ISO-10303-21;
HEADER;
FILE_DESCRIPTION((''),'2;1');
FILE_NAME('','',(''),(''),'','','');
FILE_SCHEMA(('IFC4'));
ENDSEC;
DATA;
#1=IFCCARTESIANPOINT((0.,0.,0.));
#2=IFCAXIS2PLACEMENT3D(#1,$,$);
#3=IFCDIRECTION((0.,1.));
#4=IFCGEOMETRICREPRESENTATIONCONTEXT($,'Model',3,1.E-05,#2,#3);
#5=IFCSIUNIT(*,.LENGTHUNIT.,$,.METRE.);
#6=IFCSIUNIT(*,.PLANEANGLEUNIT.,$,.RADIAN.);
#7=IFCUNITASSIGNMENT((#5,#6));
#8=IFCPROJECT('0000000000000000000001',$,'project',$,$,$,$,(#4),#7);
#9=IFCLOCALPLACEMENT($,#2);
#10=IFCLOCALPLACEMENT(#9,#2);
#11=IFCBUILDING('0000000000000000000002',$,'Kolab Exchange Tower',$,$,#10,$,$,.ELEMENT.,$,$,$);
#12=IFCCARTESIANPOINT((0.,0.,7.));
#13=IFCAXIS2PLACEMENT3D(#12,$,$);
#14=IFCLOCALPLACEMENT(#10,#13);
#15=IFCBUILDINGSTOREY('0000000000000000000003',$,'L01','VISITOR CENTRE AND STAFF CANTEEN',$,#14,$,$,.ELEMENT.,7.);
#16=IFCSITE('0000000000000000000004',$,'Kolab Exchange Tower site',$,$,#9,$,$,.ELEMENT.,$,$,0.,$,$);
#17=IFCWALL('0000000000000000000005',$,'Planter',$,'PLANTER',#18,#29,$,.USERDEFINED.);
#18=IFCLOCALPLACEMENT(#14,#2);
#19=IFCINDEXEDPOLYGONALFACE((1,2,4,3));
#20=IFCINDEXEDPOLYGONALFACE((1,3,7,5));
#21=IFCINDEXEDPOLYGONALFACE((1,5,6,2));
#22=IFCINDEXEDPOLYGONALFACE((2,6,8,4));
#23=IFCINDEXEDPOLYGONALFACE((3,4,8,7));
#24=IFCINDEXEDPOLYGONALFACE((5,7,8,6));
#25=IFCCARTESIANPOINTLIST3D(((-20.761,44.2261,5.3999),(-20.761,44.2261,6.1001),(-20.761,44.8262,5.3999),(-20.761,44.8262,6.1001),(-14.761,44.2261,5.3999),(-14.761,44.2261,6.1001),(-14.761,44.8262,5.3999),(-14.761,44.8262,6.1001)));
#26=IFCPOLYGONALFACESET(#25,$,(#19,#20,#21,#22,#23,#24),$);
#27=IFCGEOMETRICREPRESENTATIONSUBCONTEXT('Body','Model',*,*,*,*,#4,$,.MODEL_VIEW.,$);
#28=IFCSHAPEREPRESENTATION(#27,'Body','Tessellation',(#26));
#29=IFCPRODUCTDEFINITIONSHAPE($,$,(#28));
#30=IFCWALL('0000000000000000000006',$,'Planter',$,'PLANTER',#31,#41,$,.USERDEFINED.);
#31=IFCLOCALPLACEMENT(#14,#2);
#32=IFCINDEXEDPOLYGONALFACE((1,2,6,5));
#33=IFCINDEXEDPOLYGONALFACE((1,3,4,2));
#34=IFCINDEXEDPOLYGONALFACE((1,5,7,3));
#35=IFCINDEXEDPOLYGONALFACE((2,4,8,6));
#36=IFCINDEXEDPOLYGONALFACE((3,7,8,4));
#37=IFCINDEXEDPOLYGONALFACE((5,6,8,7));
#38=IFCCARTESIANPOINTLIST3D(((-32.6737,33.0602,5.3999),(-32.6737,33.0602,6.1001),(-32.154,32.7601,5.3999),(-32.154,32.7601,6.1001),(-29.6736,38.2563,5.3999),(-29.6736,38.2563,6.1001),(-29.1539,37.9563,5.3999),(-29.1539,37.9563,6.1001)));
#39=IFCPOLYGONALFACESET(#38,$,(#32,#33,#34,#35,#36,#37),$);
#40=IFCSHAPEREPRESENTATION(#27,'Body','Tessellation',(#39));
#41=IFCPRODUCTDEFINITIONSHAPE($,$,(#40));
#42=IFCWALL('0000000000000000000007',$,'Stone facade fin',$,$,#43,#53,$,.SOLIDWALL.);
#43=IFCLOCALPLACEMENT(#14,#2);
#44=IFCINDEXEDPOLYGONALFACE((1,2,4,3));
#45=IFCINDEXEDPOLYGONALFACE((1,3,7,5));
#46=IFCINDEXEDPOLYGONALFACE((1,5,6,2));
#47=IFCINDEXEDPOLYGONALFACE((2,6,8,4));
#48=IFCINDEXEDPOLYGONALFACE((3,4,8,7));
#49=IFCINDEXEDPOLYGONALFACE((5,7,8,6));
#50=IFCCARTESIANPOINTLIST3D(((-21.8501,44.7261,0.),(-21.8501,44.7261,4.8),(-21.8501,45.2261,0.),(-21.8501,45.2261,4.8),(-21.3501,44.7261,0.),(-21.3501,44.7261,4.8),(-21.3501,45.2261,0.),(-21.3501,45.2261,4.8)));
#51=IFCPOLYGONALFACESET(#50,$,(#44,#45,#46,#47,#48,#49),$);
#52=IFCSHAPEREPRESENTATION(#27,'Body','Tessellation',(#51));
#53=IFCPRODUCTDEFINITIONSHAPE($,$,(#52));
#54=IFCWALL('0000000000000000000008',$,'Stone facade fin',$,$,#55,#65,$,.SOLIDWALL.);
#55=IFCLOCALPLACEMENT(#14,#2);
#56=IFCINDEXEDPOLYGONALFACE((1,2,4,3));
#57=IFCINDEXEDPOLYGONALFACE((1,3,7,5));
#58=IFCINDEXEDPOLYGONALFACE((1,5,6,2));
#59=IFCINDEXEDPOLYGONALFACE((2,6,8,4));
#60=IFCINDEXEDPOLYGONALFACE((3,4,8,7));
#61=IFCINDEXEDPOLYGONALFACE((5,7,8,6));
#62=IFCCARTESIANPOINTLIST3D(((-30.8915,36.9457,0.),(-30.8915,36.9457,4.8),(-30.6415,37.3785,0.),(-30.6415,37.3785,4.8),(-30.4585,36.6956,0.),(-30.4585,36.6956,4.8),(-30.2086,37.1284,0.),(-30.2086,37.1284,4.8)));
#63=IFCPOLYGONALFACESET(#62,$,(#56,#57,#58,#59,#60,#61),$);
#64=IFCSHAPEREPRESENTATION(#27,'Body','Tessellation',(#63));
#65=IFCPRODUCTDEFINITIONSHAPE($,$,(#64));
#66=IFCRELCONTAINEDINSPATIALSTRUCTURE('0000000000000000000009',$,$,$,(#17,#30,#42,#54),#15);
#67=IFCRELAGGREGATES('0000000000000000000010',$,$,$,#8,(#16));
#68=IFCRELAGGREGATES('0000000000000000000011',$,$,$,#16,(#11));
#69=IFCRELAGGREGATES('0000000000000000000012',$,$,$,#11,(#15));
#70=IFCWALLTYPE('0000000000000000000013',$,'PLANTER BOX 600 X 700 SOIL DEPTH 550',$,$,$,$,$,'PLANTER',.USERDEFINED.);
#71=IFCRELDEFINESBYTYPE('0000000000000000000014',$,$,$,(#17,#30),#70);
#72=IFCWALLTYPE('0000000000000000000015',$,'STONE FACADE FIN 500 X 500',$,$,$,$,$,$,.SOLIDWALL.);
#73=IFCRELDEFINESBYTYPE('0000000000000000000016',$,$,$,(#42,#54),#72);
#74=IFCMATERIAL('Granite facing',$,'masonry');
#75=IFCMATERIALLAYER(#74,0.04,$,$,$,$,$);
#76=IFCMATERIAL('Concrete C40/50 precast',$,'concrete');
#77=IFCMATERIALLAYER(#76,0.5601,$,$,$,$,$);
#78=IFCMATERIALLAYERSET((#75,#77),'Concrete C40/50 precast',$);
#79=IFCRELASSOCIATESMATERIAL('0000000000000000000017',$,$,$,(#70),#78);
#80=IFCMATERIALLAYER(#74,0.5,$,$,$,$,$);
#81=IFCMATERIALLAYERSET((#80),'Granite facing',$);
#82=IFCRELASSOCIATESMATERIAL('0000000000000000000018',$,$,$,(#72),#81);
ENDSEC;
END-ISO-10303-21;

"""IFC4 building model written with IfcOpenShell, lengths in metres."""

from ifc_helpers import new_model, si_unit, direction, frame, frame_2d, origin, place, context, subcontext, project, spatial, rectangle, extrude, material, layer, layer_set, type_object, element, save


model = new_model("IFC4")

# Units and contexts
model_context = context("Model", 3, precision=1e-05, world=origin(), true_north=direction((0.0, 1.0)))
body_context = subcontext(model_context, "Body", "Model", "MODEL_VIEW")
ifc_project = project(units=[si_unit("LENGTHUNIT", "METRE"), si_unit("PLANEANGLEUNIT", "RADIAN")], contexts=[model_context])

# Site, building, storey
site_placement = place(None, origin())
site = spatial("IfcSite", under=ifc_project, at=site_placement, Name="Kolab Exchange Tower site", CompositionType="ELEMENT", RefElevation=0.0)
building_placement = place(site_placement, origin())
building = spatial("IfcBuilding", under=site, at=building_placement, Name="Kolab Exchange Tower", CompositionType="ELEMENT")
storey_placement = place(building_placement, frame((0.0, 0.0, 7.0)))
storey = spatial("IfcBuildingStorey", under=building, at=storey_placement, Name="L01", Description="VISITOR CENTRE AND STAFF CANTEEN", CompositionType="ELEMENT", Elevation=7.0)

# Walls
ifc_material_1 = material(Name="Granite facing", Category="masonry")
ifc_layer_1 = layer(ifc_material_1, 0.04)
ifc_material_2 = material(Name="Concrete C40/50 precast", Category="concrete")
ifc_layer_2 = layer(ifc_material_2, 0.5601)
ifc_layer_set_1 = layer_set([ifc_layer_1, ifc_layer_2], Name="Concrete C40/50 precast")
wall_type_1 = type_object("IfcWallType", Name="PLANTER BOX 600 X 700 SOIL DEPTH 550", ElementType="PLANTER", PredefinedType="USERDEFINED", material=ifc_layer_set_1)
for number, where, z_axis, x_axis, name in (
    (1, (-20.761, 44.5261, 5.3999), (0.0, 0.0, 1.0), (1.0, 0.0, 0.0), "Planter"),
    (2, (-32.4138, 32.9102, 5.3999), (0.0, 0.0, 1.0), (0.500008, 0.866021, 0.0), "Planter"),
):
    element("IfcWall", number, at=place(storey_placement, frame(where, z_axis=z_axis, x_axis=x_axis)), inside=storey, type_object=wall_type_1, Name=name, ObjectType="PLANTER", PredefinedType="USERDEFINED", context=body_context, shape_type="SweptSolid", body=[
        extrude(rectangle(XDim=6.0, YDim=0.6001, at=frame_2d((3.0, 0.0))), origin(), (0.0, 0.0, 1.0), 0.7002),
    ])
ifc_layer_3 = layer(ifc_material_1, 0.5)
ifc_layer_set_2 = layer_set([ifc_layer_3], Name="Granite facing")
wall_type_2 = type_object("IfcWallType", Name="STONE FACADE FIN 500 X 500", PredefinedType="SOLIDWALL", material=ifc_layer_set_2)
wall_1_placement = place(storey_placement, frame((-21.8501, 44.9761, 0.0), z_axis=(0.0, 0.0, 1.0), x_axis=(1.0, 0.0, 0.0)))
element("IfcWall", 3, at=wall_1_placement, inside=storey, type_object=wall_type_2, Name="Stone facade fin", PredefinedType="SOLIDWALL", context=body_context, shape_type="SweptSolid", body=[
    extrude(rectangle(XDim=0.5, YDim=0.5, at=frame_2d((0.25, 0.0))), origin(), (0.0, 0.0, 1.0), 4.8),
])
wall_2_placement = place(storey_placement, frame((-30.675, 36.8206, 0.0), z_axis=(0.0, 0.0, 1.0), x_axis=(0.500131, 0.86595, 0.0)))
element("IfcWall", 4, at=wall_2_placement, inside=storey, type_object=wall_type_2, Name="Stone facade fin", PredefinedType="SOLIDWALL", context=body_context, shape_type="SweptSolid", body=[
    extrude(rectangle(XDim=0.4998, YDim=0.5, at=frame_2d((0.25, 0.0))), origin(), (0.0, 0.0, 1.0), 4.8),
])

save(model, "model.ifc")
